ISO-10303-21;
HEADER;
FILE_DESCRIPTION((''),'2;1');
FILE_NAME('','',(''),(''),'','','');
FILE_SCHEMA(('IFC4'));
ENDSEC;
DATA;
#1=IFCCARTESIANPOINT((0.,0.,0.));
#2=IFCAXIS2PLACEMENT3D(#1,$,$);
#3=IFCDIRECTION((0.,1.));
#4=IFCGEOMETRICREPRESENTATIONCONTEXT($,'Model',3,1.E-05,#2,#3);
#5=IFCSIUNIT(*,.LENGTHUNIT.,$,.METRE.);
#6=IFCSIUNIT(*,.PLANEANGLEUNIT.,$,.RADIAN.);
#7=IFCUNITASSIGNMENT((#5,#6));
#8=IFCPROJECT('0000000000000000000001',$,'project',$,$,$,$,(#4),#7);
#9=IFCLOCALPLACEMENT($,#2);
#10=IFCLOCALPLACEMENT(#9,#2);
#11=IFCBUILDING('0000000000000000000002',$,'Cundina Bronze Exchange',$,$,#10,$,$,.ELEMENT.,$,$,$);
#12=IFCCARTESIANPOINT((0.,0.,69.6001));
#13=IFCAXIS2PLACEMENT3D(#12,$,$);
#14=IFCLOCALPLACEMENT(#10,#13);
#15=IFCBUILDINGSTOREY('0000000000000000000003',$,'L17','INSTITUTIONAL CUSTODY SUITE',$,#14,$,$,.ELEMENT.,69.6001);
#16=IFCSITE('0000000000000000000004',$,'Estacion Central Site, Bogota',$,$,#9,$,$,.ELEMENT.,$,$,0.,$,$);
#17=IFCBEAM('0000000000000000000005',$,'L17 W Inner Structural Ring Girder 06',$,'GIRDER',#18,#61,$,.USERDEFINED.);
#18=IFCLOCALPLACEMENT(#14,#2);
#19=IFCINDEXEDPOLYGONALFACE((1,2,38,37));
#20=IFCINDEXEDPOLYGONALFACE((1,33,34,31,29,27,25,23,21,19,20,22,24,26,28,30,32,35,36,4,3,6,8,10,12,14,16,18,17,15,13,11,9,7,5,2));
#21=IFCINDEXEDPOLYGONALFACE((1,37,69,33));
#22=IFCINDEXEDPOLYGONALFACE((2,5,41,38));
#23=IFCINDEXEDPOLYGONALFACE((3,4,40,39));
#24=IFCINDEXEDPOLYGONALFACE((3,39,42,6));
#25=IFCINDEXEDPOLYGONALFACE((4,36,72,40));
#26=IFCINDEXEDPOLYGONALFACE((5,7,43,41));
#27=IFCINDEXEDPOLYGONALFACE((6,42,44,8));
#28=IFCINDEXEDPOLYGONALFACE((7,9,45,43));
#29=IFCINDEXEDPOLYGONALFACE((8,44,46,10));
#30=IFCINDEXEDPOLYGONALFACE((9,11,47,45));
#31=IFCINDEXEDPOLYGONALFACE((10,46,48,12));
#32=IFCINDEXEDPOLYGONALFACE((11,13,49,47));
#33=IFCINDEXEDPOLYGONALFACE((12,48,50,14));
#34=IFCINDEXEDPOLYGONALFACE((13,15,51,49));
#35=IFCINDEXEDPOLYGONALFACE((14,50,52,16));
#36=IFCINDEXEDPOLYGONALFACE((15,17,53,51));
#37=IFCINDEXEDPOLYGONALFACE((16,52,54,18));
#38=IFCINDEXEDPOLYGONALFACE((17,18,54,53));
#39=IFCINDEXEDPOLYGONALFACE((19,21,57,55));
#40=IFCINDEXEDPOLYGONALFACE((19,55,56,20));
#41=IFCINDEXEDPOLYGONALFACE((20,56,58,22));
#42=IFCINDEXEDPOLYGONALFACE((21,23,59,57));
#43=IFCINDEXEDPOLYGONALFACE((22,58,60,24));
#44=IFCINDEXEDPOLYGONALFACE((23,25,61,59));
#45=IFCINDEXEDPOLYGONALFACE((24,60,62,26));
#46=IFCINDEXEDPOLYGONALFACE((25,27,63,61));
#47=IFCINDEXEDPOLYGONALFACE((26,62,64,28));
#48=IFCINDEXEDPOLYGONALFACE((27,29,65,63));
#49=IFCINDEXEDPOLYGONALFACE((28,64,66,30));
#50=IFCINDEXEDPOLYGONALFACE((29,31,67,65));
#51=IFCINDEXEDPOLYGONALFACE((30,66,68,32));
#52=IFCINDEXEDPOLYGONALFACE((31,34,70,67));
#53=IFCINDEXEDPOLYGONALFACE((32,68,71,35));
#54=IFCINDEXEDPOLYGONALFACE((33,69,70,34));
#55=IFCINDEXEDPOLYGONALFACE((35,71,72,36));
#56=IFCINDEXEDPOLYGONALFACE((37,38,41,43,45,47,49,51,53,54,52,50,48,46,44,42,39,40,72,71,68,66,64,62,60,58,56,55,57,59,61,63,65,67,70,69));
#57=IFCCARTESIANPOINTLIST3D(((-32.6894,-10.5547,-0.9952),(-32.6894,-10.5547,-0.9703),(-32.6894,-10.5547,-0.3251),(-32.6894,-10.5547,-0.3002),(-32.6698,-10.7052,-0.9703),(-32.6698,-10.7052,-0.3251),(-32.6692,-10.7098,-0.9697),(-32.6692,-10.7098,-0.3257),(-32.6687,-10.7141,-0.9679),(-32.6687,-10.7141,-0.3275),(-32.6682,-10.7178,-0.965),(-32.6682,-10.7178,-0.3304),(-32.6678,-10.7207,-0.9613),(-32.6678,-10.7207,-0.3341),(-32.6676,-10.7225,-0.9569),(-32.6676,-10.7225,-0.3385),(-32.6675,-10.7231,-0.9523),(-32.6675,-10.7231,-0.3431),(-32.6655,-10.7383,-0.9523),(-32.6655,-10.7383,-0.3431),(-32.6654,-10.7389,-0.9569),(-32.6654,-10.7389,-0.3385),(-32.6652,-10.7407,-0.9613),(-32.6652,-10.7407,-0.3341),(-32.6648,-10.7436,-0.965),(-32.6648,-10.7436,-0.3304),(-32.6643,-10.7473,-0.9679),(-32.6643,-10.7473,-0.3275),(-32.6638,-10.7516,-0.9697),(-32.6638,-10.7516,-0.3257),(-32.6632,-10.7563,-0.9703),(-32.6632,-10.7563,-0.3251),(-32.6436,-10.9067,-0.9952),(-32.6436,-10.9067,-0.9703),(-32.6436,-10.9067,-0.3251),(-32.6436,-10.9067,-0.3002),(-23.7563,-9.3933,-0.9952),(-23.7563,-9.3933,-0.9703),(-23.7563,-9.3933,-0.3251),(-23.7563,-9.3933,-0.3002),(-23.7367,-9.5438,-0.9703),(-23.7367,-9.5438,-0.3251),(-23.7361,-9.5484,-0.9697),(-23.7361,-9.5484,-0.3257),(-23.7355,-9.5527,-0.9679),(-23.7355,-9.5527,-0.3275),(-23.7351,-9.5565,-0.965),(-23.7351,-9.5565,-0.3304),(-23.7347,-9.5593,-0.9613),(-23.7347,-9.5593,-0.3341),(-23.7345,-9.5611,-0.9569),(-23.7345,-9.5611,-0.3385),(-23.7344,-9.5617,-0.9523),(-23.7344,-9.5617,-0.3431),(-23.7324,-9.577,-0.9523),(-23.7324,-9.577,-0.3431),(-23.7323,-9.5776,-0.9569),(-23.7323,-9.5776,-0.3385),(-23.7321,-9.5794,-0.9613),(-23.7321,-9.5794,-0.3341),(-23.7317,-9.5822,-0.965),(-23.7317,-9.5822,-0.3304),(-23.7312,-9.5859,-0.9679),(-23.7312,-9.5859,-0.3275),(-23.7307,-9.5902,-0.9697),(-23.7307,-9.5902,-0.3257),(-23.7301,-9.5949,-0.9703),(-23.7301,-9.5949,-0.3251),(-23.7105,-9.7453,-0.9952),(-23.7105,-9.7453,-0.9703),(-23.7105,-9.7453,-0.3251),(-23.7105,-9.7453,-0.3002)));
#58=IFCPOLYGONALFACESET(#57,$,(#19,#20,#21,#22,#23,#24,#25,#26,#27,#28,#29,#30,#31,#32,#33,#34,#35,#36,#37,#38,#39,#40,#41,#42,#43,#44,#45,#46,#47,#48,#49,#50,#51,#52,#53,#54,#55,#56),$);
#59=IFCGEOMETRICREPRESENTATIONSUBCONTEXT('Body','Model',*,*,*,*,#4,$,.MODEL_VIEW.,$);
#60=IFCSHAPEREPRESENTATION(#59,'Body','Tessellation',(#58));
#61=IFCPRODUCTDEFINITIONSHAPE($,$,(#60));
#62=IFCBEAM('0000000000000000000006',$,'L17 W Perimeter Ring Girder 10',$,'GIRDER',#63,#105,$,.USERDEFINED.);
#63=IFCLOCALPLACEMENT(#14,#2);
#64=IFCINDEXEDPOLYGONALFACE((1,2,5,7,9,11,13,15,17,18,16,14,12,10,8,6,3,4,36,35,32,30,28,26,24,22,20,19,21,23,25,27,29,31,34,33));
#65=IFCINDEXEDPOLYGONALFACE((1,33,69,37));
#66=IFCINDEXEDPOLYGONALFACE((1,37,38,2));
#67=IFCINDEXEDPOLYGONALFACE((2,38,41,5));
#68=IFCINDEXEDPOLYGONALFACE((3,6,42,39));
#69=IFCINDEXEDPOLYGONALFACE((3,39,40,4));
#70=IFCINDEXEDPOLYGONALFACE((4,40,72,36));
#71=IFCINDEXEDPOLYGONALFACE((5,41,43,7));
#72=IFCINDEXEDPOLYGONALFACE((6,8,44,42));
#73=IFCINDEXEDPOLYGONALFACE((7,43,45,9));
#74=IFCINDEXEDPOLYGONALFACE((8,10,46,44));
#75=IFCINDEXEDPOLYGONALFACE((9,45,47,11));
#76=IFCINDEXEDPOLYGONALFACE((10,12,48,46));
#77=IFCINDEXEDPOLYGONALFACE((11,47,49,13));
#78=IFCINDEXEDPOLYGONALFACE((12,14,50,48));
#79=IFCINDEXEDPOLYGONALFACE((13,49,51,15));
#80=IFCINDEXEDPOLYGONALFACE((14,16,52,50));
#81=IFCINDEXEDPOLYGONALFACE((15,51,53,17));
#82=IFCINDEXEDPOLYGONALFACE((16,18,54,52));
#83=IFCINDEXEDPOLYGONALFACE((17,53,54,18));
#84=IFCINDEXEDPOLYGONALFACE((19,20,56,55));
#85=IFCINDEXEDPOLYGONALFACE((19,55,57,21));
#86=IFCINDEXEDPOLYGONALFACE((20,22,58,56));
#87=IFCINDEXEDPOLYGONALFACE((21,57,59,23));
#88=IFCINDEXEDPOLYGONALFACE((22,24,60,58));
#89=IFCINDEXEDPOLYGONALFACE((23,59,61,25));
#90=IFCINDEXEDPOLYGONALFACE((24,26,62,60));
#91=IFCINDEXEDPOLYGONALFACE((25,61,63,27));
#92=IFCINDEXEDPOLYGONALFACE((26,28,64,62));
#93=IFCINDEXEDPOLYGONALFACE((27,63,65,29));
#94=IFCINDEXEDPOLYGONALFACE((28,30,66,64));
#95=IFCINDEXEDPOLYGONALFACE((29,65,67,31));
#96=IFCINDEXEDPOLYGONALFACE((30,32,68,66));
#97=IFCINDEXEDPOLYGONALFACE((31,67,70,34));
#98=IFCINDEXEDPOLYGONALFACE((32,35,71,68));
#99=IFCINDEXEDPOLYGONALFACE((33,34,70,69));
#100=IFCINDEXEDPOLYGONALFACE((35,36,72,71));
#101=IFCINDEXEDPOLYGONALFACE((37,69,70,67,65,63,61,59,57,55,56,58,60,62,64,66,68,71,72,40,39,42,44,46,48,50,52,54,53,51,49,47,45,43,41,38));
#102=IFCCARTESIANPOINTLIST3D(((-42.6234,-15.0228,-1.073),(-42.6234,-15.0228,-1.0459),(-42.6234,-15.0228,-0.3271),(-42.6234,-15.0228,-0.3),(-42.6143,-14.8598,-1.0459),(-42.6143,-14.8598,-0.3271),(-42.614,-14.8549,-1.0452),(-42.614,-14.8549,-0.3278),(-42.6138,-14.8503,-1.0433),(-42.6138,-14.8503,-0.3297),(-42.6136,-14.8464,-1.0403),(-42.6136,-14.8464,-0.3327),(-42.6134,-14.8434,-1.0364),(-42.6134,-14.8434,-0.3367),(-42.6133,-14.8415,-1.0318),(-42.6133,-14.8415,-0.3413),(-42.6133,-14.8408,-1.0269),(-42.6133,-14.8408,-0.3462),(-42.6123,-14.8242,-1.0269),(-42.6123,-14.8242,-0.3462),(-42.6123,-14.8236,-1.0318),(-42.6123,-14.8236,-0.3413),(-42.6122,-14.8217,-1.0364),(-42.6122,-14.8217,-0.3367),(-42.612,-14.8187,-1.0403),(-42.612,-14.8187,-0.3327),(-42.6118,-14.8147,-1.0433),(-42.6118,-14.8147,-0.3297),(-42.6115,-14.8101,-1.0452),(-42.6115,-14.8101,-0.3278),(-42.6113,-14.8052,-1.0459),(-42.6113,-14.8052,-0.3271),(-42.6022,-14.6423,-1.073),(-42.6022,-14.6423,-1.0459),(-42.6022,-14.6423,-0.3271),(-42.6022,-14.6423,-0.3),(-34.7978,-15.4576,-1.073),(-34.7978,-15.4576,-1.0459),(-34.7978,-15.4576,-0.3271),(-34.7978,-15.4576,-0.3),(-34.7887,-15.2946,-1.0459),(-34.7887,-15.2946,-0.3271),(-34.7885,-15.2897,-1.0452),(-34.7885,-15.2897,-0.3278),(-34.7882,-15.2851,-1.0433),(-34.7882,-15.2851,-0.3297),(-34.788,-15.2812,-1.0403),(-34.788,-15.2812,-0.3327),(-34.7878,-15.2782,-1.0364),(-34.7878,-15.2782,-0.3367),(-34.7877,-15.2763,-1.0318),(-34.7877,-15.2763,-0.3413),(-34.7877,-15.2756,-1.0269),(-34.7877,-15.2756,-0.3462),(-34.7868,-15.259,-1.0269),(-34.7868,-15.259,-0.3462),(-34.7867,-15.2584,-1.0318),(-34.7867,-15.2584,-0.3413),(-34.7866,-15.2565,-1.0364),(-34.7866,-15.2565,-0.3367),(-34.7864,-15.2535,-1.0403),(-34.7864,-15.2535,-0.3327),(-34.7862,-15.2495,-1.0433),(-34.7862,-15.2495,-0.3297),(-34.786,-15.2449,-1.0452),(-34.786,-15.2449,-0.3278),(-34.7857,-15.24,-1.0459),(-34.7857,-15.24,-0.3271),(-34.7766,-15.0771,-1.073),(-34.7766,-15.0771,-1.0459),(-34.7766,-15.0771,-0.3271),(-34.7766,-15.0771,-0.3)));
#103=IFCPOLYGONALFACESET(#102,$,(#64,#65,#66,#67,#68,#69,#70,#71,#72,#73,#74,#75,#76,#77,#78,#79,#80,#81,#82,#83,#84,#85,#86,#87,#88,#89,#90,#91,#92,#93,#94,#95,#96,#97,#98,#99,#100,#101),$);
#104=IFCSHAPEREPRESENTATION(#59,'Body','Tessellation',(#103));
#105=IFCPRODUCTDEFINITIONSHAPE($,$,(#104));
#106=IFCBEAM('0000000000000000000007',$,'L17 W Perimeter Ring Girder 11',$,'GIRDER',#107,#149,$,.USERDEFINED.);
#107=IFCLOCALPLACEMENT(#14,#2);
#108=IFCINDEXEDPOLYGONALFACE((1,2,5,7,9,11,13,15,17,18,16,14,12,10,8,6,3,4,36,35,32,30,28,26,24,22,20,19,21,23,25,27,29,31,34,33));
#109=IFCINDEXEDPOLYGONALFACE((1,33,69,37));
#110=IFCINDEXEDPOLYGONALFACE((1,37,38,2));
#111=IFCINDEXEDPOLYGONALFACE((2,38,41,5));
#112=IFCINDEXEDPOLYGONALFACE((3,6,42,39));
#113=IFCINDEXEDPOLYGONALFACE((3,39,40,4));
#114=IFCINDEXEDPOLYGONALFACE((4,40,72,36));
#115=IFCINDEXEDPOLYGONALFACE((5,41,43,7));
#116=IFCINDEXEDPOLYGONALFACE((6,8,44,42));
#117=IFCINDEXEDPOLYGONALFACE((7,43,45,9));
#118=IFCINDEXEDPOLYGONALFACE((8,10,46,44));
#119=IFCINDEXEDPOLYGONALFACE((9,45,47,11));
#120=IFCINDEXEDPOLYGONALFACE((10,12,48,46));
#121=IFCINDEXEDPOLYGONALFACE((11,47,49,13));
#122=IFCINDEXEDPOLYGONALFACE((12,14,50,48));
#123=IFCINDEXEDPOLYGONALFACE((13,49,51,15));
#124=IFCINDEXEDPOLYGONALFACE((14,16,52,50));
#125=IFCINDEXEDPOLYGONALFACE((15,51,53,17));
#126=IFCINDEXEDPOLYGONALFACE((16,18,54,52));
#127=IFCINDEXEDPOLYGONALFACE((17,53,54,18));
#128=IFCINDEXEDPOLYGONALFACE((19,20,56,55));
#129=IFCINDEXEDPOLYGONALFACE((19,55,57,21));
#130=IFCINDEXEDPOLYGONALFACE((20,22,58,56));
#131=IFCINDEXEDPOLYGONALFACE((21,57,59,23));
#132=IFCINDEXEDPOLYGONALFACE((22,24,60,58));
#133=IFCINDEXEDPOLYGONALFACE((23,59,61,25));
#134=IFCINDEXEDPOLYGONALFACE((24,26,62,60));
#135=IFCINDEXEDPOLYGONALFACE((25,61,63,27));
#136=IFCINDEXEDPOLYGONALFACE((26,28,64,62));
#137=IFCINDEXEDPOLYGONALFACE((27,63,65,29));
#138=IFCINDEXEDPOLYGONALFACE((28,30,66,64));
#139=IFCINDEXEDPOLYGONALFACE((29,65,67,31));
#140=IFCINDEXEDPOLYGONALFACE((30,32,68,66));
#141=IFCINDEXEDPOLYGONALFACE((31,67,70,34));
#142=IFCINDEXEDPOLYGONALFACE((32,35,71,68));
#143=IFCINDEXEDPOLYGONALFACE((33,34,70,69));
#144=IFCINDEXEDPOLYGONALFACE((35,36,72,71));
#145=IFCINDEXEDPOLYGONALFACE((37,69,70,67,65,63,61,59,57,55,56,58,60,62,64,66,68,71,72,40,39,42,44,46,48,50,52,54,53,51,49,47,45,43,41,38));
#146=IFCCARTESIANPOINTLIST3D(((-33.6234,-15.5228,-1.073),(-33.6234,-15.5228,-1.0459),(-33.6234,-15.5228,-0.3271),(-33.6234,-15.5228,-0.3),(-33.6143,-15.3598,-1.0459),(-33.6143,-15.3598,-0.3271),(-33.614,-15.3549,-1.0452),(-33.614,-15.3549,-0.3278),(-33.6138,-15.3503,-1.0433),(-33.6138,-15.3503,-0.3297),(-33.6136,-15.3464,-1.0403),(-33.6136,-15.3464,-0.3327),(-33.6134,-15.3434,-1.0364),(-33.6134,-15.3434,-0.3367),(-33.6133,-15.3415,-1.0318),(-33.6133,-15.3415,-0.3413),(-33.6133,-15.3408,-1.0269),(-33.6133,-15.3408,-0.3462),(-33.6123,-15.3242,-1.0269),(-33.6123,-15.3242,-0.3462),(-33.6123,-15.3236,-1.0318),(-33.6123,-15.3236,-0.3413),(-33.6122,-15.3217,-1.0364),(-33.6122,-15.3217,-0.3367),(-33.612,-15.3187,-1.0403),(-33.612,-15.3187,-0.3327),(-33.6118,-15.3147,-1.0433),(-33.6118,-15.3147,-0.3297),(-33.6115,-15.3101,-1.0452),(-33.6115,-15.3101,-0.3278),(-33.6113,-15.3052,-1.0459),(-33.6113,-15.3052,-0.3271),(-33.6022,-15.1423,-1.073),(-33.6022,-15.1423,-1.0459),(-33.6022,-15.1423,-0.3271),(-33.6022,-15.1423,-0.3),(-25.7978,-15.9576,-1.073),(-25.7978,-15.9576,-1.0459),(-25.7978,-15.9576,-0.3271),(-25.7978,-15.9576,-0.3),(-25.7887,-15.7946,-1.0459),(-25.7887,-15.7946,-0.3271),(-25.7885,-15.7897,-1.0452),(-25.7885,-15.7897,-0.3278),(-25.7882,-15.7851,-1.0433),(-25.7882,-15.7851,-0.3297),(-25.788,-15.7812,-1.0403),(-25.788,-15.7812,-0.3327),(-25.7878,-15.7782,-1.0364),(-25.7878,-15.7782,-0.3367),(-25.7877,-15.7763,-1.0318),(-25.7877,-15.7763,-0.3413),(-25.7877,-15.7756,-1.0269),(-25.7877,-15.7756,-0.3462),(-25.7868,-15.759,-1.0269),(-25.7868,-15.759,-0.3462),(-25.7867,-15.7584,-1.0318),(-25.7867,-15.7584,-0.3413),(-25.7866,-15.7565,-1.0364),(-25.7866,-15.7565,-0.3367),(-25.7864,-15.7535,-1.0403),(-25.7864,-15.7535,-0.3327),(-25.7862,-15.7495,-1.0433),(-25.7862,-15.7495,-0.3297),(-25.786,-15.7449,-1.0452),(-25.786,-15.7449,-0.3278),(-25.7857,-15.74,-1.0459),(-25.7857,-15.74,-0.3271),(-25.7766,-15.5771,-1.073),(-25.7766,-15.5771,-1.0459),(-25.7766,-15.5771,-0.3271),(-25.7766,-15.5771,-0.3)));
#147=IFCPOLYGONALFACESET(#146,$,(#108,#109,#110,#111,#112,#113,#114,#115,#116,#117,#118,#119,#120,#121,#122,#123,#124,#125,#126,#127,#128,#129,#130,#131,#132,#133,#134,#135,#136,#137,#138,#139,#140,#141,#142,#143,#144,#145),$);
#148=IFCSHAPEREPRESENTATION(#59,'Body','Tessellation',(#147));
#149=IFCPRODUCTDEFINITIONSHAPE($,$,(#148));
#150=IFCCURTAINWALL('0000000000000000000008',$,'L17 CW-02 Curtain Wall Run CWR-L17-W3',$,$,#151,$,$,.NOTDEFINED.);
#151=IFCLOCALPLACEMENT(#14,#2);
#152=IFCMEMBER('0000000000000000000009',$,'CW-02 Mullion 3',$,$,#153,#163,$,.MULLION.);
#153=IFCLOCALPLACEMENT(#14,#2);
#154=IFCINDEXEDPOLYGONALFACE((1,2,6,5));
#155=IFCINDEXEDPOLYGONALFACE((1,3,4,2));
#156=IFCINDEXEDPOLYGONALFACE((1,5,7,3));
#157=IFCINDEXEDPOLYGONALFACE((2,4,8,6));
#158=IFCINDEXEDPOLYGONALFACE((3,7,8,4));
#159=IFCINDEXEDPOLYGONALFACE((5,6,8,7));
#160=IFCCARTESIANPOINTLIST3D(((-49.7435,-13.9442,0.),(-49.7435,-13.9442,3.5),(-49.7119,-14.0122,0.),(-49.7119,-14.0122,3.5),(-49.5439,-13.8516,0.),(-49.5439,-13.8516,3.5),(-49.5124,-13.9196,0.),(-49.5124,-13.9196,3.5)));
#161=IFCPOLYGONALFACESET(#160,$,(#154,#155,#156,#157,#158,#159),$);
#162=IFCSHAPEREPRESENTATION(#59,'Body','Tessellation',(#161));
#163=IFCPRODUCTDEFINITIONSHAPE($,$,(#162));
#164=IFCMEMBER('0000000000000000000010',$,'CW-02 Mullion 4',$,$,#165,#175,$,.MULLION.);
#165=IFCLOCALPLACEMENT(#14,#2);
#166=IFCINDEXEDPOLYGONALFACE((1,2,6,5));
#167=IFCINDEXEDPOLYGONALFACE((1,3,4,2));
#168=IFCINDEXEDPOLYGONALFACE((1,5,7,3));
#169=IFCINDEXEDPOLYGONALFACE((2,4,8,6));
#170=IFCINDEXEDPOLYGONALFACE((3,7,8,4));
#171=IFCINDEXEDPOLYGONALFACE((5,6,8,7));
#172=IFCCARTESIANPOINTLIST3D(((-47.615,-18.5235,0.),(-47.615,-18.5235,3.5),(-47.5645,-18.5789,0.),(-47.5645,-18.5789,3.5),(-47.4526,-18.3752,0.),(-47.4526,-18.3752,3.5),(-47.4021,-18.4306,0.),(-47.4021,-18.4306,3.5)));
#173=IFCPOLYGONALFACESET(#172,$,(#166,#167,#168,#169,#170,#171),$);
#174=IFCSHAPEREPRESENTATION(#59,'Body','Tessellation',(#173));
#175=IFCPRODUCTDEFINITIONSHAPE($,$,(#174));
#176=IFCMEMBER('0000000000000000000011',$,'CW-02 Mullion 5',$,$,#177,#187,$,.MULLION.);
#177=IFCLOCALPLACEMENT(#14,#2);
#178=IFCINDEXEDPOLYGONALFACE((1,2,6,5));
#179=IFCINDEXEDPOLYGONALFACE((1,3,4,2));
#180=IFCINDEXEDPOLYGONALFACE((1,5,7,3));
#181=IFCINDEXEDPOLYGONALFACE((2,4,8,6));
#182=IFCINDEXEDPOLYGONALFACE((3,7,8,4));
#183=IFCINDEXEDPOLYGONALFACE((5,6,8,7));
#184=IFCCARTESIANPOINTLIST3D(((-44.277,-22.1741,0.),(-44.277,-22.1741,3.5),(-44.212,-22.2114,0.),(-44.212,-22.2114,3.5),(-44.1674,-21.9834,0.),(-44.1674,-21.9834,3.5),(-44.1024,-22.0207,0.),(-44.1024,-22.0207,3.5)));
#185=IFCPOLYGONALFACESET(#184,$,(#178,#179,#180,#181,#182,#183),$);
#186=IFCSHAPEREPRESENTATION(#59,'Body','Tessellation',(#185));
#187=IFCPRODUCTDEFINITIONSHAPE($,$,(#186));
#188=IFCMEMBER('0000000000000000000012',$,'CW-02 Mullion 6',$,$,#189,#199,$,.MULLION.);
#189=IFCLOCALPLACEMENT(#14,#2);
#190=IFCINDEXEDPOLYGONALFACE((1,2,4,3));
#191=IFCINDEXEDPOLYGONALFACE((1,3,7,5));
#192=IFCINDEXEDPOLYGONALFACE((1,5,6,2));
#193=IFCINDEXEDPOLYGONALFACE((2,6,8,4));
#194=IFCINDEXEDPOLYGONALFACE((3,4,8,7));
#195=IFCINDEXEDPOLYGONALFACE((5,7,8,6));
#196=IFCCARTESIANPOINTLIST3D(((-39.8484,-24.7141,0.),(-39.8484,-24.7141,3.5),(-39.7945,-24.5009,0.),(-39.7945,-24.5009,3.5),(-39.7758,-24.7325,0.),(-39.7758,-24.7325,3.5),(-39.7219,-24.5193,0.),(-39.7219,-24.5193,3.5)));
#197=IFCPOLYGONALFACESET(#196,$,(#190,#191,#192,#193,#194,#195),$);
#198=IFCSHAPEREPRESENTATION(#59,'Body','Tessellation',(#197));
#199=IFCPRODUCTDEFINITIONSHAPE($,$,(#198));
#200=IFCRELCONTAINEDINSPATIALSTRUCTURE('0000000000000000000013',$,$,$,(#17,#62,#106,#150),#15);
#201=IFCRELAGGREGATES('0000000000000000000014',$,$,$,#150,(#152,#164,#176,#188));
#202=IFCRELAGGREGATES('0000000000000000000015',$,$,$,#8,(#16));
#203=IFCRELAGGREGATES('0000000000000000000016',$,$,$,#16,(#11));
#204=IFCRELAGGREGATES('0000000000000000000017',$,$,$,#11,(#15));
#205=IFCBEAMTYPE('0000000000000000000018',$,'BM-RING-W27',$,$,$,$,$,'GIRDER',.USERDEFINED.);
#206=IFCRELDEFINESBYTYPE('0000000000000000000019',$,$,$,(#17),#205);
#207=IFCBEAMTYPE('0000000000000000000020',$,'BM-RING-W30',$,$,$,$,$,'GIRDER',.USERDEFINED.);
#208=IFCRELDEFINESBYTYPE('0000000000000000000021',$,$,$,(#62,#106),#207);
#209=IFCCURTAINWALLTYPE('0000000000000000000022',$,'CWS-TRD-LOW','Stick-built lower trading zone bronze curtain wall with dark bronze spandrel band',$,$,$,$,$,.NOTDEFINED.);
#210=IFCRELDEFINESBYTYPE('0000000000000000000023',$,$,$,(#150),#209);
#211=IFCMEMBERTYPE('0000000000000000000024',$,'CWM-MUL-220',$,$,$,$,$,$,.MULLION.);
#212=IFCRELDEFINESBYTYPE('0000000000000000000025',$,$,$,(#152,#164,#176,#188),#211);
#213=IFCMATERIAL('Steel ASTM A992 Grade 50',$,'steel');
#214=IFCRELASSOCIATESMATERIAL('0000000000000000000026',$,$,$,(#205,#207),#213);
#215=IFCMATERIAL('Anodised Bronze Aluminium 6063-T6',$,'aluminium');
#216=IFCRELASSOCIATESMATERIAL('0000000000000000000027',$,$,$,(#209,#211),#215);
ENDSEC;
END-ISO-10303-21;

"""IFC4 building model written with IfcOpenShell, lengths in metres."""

from ifc_helpers import new_model, si_unit, direction, frame, origin, origin_2d, place, context, subcontext, project, spatial, rectangle, i_section, extrude, material, material_profile, profile_set, type_object, element, aggregate, save


model = new_model("IFC4")

# Units and contexts
model_context = context("Model", 3, precision=1e-05, world=origin(), true_north=direction((0.0, 1.0)))
body_context = subcontext(model_context, "Body", "Model", "MODEL_VIEW")
ifc_project = project(units=[si_unit("LENGTHUNIT", "METRE"), si_unit("PLANEANGLEUNIT", "RADIAN")], contexts=[model_context])

# Site, building, storey
site_placement = place(None, origin())
site = spatial("IfcSite", under=ifc_project, at=site_placement, Name="Estacion Central Site, Bogota", CompositionType="ELEMENT", RefElevation=0.0)
building_placement = place(site_placement, origin())
building = spatial("IfcBuilding", under=site, at=building_placement, Name="Cundina Bronze Exchange", CompositionType="ELEMENT")
storey_placement = place(building_placement, frame((0.0, 0.0, 69.6001)))
storey = spatial("IfcBuildingStorey", under=building, at=storey_placement, Name="L17", Description="INSTITUTIONAL CUSTODY SUITE", CompositionType="ELEMENT", Elevation=69.6001)

# Beams
ifc_material_1 = material(Name="Steel ASTM A992 Grade 50", Category="steel")
ifc_material_profile_1 = material_profile(ifc_material_1, i_section(OverallWidth=0.355, OverallDepth=0.6951, WebThickness=0.0154, FlangeThickness=0.0249, FilletRadius=0.0181, at=origin_2d()), Name="W27X146", Category="steel")
ifc_profile_set_1 = profile_set([ifc_material_profile_1], Name="Steel ASTM A992 Grade 50")
beam_type_1 = type_object("IfcBeamType", Name="BM-RING-W27", ElementType="GIRDER", PredefinedType="USERDEFINED", material=ifc_profile_set_1)
beam_1_placement = place(storey_placement, frame((-32.6665, -10.7307, -0.6477), z_axis=(0.991655, 0.128923, 0.0), x_axis=(-0.128923, 0.991655, 0.0)))
element("IfcBeam", 1, at=beam_1_placement, inside=storey, type_object=beam_type_1, Name="L17 W Inner Structural Ring Girder 06", ObjectType="GIRDER", PredefinedType="USERDEFINED", context=body_context, shape_type="SweptSolid", body=[
    extrude(i_section(OverallWidth=0.355, OverallDepth=0.6951, WebThickness=0.0154, FlangeThickness=0.0249, FilletRadius=0.0181, at=origin_2d()), origin(), (0.0, 0.0, 1.0), 9.0083),
])
ifc_material_profile_2 = material_profile(ifc_material_1, i_section(OverallWidth=0.3811, OverallDepth=0.7729, WebThickness=0.0166, FlangeThickness=0.0271, FilletRadius=0.019, at=origin_2d()), Name="W30X173", Category="steel")
ifc_profile_set_2 = profile_set([ifc_material_profile_2], Name="Steel ASTM A992 Grade 50")
beam_type_2 = type_object("IfcBeamType", Name="BM-RING-W30", ElementType="GIRDER", PredefinedType="USERDEFINED", material=ifc_profile_set_2)
for number, where, z_axis, x_axis, name in (
    (2, (-42.6128, -14.8325, -0.6865), (0.99846, -0.055477, 0.0), (0.055477, 0.99846, 0.0), "L17 W Perimeter Ring Girder 10"),
    (3, (-33.6128, -15.3325, -0.6865), (0.99846, -0.055477, 0.0), (0.055477, 0.99846, 0.0), "L17 W Perimeter Ring Girder 11"),
):
    element("IfcBeam", number, at=place(storey_placement, frame(where, z_axis=z_axis, x_axis=x_axis)), inside=storey, type_object=beam_type_2, Name=name, ObjectType="GIRDER", PredefinedType="USERDEFINED", context=body_context, shape_type="SweptSolid", body=[
        extrude(i_section(OverallWidth=0.3811, OverallDepth=0.7729, WebThickness=0.0166, FlangeThickness=0.0271, FilletRadius=0.019, at=origin_2d()), origin(), (0.0, 0.0, 1.0), 7.8376),
    ])

# Curtain wall, members
ifc_material_2 = material(Name="Anodised Bronze Aluminium 6063-T6", Category="aluminium")
curtain_wall_type = type_object("IfcCurtainWallType", Name="CWS-TRD-LOW", Description="Stick-built lower trading zone bronze curtain wall with dark bronze spandrel band", PredefinedType="NOTDEFINED", material=ifc_material_2)
curtain_wall_placement = place(storey_placement, origin())
curtain_wall = element("IfcCurtainWall", 4, at=curtain_wall_placement, inside=storey, type_object=curtain_wall_type, Name="L17 CW-02 Curtain Wall Run CWR-L17-W3", PredefinedType="NOTDEFINED")
ifc_material_profile_3 = material_profile(ifc_material_2, rectangle(XDim=0.075, YDim=0.22, at=origin_2d()), Name="AL75X220", Category="aluminium")
ifc_profile_set_3 = profile_set([ifc_material_profile_3], Name="Anodised Bronze Aluminium 6063-T6")
member_type_1 = type_object("IfcMemberType", Name="CWM-MUL-220", PredefinedType="MULLION", material=ifc_profile_set_3)
member_1_placement = place(storey_placement, frame((-49.6279, -13.9319, 0.0), z_axis=(0.0, 0.0, 1.0), x_axis=(0.420877, -0.907117, 0.0)))
member_1 = element("IfcMember", 5, at=member_1_placement, type_object=member_type_1, Name="CW-02 Mullion 3", PredefinedType="MULLION", context=body_context, shape_type="SweptSolid", body=[
    extrude(rectangle(XDim=0.075, YDim=0.22, at=origin_2d()), origin(), (0.0, 0.0, 1.0), 3.5),
])
member_2_placement = place(storey_placement, frame((-47.5085, -18.4771, 0.0), z_axis=(0.0, 0.0, 1.0), x_axis=(0.674302, -0.738455, 0.0)))
member_2 = element("IfcMember", 6, at=member_2_placement, type_object=member_type_1, Name="CW-02 Mullion 4", PredefinedType="MULLION", context=body_context, shape_type="SweptSolid", body=[
    extrude(rectangle(XDim=0.075, YDim=0.22, at=origin_2d()), origin(), (0.0, 0.0, 1.0), 3.5),
])
member_3_placement = place(storey_placement, frame((-44.1897, -22.0974, 0.0), z_axis=(0.0, 0.0, 1.0), x_axis=(0.867071, -0.498185, 0.0)))
member_3 = element("IfcMember", 7, at=member_3_placement, type_object=member_type_1, Name="CW-02 Mullion 5", PredefinedType="MULLION", context=body_context, shape_type="SweptSolid", body=[
    extrude(rectangle(XDim=0.075, YDim=0.22, at=origin_2d()), origin(), (0.0, 0.0, 1.0), 3.5),
])
member_4_placement = place(storey_placement, frame((-39.7852, -24.6167, 0.0), z_axis=(0.0, 0.0, 1.0), x_axis=(0.969488, -0.245138, 0.0)))
member_4 = element("IfcMember", 8, at=member_4_placement, type_object=member_type_1, Name="CW-02 Mullion 6", PredefinedType="MULLION", context=body_context, shape_type="SweptSolid", body=[
    extrude(rectangle(XDim=0.075, YDim=0.22, at=origin_2d()), origin(), (0.0, 0.0, 1.0), 3.5),
])
aggregate(curtain_wall, [member_1, member_2, member_3, member_4])

save(model, "model.ifc")
